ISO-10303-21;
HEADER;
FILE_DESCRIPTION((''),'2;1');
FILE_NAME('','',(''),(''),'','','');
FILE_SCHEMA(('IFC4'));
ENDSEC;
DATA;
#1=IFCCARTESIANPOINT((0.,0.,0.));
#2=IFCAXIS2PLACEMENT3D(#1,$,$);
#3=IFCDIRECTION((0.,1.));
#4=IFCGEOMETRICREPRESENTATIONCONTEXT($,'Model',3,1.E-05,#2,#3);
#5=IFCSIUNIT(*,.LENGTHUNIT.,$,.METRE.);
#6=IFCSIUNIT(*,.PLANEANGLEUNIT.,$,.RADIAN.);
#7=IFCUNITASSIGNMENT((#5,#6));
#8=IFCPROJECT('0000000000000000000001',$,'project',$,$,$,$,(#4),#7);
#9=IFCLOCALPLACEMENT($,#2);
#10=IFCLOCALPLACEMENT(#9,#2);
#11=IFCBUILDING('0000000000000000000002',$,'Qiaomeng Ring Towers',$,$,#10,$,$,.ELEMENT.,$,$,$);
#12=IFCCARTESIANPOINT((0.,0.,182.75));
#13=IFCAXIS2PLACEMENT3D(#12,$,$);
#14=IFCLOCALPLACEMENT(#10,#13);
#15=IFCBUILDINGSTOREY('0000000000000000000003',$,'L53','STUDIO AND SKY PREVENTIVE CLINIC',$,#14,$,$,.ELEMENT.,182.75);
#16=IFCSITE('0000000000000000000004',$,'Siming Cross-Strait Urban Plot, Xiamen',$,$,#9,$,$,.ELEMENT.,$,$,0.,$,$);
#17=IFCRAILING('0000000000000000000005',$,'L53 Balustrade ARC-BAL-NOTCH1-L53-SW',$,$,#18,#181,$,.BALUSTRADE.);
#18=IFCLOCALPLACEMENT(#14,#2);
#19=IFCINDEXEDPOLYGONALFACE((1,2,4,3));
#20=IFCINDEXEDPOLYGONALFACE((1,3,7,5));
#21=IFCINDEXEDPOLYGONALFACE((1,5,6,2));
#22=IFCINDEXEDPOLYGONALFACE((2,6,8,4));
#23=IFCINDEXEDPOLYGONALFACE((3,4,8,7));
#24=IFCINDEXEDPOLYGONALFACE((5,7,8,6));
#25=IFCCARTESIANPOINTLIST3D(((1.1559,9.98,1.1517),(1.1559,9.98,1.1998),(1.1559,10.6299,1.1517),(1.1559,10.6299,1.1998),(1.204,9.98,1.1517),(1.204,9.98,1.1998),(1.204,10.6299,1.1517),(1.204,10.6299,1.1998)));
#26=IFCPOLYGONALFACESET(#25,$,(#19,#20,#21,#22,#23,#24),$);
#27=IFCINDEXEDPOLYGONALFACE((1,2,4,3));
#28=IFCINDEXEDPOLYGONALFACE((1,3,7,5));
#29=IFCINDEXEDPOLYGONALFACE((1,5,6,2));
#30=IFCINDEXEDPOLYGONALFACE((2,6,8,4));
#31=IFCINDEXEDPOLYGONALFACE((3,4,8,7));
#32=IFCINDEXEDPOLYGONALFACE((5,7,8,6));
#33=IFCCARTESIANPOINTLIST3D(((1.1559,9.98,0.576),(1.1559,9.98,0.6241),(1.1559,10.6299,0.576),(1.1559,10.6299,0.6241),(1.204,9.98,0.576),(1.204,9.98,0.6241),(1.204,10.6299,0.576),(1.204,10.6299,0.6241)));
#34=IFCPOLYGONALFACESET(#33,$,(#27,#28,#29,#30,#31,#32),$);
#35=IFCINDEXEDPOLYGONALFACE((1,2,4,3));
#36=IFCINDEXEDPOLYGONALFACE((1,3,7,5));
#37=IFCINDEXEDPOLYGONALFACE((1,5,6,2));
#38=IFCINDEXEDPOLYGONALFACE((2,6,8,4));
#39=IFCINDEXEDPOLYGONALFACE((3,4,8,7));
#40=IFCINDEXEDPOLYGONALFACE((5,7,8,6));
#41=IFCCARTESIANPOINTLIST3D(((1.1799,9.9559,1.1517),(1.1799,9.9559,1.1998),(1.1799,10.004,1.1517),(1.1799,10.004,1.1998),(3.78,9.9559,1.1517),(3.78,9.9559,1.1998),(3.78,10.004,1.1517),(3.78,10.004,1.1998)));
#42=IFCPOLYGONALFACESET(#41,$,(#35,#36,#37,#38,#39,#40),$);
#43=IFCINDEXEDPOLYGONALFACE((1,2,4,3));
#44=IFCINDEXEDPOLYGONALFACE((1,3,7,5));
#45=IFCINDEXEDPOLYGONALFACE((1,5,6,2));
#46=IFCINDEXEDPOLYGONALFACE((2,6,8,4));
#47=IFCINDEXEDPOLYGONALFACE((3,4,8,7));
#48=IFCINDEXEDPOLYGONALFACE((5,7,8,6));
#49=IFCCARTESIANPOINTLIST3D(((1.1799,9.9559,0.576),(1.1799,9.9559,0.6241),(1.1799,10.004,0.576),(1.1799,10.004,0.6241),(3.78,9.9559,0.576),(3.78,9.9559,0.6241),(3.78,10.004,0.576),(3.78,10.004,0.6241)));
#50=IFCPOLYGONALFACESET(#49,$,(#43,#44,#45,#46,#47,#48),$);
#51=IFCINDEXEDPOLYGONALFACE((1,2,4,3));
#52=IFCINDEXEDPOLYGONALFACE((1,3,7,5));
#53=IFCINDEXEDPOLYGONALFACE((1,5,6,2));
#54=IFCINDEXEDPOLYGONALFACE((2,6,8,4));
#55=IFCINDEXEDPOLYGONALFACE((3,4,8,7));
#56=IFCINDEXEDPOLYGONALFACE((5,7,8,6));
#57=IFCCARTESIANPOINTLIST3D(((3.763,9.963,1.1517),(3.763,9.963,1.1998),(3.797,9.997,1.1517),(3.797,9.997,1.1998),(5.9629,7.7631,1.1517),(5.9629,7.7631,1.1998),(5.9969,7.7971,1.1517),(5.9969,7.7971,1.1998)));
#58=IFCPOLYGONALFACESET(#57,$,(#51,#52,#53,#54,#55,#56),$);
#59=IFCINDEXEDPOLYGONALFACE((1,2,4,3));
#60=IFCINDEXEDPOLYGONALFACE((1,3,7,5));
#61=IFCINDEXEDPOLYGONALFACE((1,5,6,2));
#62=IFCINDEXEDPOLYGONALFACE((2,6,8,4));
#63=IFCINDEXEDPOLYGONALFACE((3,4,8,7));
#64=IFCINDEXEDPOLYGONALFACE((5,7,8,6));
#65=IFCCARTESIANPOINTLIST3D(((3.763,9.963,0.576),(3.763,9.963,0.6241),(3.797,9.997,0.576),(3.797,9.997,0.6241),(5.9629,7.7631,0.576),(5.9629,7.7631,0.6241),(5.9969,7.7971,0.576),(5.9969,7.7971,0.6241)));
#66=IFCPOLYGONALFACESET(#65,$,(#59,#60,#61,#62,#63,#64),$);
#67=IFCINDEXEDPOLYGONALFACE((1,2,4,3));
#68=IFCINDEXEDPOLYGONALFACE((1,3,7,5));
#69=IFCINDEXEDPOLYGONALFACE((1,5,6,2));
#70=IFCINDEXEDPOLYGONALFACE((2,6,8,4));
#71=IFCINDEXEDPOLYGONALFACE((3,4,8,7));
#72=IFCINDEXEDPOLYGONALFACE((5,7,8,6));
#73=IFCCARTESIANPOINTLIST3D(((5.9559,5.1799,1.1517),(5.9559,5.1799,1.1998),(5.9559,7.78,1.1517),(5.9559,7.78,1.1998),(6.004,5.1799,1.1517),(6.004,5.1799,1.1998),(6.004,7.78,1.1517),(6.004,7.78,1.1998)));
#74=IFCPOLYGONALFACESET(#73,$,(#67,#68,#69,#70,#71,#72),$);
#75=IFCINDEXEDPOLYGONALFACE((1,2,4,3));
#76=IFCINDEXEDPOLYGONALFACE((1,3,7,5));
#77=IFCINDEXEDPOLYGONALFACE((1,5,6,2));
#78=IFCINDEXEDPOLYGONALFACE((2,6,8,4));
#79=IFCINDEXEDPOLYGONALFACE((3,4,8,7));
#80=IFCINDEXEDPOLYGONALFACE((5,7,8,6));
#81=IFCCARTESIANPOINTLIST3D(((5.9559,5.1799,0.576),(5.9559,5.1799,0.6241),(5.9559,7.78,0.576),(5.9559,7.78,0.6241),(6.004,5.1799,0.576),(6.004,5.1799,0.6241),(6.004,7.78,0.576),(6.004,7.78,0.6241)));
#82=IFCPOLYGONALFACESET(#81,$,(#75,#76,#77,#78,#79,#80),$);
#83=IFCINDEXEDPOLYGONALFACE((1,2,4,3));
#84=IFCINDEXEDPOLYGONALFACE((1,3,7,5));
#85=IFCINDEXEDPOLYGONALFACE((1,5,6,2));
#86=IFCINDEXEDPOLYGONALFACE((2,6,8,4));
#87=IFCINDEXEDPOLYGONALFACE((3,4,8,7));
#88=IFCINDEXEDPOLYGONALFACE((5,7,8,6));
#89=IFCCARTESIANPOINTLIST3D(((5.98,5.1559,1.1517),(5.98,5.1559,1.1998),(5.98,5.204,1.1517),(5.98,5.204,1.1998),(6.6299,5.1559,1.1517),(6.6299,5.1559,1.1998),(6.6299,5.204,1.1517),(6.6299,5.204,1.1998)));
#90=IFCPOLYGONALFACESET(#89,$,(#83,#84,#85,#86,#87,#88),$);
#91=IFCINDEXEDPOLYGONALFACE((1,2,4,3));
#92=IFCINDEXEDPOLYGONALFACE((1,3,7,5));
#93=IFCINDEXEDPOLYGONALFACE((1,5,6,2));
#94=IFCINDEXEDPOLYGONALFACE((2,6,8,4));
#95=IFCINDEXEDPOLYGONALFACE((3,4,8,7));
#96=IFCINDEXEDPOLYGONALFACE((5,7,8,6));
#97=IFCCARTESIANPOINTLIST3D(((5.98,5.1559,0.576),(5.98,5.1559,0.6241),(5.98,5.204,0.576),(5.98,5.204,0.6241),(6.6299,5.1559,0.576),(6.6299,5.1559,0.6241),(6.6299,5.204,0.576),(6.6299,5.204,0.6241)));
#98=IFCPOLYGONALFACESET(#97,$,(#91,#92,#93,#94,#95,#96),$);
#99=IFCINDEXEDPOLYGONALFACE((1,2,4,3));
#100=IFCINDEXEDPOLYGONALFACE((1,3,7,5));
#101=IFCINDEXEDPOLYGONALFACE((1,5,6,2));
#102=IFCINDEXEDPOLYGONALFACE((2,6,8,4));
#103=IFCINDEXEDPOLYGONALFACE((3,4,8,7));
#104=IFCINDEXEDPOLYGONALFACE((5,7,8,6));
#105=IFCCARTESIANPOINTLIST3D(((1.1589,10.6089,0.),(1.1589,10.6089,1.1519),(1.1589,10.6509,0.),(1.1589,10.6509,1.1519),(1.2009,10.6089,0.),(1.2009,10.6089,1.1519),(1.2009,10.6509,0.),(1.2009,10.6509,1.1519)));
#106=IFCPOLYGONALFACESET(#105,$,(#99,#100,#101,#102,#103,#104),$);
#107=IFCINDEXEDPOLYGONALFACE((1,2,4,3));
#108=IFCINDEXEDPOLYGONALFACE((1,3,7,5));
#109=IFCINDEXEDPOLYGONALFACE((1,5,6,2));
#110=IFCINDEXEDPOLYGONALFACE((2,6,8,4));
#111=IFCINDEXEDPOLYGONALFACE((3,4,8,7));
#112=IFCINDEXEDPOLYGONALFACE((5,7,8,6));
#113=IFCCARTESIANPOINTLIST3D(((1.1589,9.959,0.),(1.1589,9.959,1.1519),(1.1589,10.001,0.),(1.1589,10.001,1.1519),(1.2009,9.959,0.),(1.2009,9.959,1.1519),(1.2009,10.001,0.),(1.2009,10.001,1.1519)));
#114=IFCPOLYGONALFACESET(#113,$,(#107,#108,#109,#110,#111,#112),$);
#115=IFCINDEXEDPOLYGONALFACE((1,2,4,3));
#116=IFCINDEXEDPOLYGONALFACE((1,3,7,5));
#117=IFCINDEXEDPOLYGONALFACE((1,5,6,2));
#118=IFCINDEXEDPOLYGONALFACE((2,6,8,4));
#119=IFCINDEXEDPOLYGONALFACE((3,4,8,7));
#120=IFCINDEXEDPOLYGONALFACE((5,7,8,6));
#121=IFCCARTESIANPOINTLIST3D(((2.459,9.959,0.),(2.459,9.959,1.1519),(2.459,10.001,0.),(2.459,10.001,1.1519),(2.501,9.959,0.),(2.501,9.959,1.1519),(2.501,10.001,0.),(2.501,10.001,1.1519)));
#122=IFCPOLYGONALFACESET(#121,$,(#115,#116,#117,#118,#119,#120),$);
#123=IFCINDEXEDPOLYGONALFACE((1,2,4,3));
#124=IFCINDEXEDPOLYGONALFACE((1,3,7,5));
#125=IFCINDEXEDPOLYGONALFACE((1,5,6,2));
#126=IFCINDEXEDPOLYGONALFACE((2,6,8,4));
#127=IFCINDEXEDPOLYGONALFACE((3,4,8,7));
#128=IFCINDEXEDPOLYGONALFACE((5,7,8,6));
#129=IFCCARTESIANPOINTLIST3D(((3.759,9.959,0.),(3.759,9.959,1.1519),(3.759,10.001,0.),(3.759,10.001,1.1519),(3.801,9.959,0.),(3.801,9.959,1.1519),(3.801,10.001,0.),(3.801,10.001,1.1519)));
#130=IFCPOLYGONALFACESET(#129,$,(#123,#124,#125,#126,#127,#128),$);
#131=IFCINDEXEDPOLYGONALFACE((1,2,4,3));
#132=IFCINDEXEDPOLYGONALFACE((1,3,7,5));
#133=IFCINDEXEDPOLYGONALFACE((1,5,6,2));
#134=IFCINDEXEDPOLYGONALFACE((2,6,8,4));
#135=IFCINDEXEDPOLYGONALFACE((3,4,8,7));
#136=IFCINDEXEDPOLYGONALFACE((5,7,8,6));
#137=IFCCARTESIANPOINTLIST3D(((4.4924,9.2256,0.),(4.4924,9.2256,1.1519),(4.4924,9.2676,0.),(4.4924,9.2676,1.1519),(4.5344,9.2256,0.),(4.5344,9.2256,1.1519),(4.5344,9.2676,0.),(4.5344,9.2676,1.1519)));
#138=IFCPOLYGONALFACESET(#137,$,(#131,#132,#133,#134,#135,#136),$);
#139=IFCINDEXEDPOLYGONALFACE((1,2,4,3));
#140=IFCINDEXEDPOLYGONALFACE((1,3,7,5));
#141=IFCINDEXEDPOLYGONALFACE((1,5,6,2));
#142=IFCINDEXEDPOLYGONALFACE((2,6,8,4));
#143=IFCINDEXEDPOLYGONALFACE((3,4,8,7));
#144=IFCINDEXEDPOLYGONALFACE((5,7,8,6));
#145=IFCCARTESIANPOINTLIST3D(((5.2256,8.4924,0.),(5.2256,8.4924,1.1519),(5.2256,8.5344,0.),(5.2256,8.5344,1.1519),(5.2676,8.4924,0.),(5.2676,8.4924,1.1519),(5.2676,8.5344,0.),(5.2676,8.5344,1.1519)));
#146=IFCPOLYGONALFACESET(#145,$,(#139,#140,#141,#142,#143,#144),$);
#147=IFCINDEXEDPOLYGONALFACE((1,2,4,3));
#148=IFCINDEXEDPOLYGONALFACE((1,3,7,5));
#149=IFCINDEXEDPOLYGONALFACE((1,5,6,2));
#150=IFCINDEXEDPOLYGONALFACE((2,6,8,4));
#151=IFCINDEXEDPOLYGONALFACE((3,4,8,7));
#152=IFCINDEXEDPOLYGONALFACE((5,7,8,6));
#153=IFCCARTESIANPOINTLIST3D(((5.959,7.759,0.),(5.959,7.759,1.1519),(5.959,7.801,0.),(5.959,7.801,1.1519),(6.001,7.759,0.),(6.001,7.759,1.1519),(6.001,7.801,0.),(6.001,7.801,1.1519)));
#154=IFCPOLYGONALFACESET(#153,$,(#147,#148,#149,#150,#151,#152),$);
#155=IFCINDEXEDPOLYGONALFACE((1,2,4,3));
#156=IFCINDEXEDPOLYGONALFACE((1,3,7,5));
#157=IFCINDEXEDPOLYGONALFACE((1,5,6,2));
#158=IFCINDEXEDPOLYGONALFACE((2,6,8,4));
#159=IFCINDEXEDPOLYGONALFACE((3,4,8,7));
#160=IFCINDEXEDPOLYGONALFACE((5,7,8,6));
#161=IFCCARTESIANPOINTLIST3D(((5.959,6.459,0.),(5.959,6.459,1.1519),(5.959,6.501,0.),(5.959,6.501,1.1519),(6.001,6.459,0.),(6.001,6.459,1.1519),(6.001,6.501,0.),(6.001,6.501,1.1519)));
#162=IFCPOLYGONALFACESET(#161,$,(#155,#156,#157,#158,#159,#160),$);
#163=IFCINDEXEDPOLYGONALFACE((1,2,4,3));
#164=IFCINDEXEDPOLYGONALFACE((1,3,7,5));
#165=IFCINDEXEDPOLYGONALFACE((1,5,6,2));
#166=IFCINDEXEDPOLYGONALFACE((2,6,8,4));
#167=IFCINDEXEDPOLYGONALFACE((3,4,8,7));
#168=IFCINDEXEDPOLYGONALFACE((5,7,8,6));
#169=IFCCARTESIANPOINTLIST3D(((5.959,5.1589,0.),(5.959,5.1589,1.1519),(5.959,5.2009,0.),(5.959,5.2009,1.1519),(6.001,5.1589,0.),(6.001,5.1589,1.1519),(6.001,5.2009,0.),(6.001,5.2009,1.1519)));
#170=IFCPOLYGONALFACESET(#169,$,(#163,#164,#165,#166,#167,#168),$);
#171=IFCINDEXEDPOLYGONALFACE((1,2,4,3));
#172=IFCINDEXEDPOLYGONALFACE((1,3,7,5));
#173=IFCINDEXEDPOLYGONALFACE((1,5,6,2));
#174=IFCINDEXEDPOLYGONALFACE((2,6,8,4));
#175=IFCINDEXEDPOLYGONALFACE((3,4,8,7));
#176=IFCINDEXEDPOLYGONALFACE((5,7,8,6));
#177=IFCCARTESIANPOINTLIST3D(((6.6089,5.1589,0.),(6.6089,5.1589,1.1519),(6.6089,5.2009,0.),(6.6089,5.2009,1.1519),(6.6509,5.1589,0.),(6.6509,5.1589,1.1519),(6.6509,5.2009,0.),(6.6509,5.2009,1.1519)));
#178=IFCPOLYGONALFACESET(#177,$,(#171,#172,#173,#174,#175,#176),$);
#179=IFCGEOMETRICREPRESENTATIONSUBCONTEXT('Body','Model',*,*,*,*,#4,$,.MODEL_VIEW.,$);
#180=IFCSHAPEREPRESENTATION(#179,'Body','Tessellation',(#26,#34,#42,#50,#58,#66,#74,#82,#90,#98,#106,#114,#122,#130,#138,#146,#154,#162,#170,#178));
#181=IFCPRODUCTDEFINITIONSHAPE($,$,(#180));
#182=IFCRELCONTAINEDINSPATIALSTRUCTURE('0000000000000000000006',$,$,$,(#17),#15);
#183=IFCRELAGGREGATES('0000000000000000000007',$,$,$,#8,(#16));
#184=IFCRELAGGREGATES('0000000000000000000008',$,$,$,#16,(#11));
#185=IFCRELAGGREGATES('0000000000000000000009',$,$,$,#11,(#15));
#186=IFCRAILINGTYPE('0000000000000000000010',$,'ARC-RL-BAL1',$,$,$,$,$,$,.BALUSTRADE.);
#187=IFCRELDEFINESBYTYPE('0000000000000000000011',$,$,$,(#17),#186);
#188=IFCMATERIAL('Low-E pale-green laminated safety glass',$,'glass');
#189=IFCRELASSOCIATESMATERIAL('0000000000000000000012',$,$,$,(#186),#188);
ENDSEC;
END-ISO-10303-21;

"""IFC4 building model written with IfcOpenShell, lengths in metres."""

from ifc_helpers import new_model, si_unit, direction, frame, origin, origin_2d, place, context, subcontext, project, spatial, rectangle, extrude, material, type_object, element, save


model = new_model("IFC4")

# Units and contexts
model_context = context("Model", 3, precision=1e-05, world=origin(), true_north=direction((0.0, 1.0)))
body_context = subcontext(model_context, "Body", "Model", "MODEL_VIEW")
ifc_project = project(units=[si_unit("LENGTHUNIT", "METRE"), si_unit("PLANEANGLEUNIT", "RADIAN")], contexts=[model_context])

# Site, building, storey
site_placement = place(None, origin())
site = spatial("IfcSite", under=ifc_project, at=site_placement, Name="Siming Cross-Strait Urban Plot, Xiamen", CompositionType="ELEMENT", RefElevation=0.0)
building_placement = place(site_placement, origin())
building = spatial("IfcBuilding", under=site, at=building_placement, Name="Qiaomeng Ring Towers", CompositionType="ELEMENT")
storey_placement = place(building_placement, frame((0.0, 0.0, 182.75)))
storey = spatial("IfcBuildingStorey", under=building, at=storey_placement, Name="L53", Description="STUDIO AND SKY PREVENTIVE CLINIC", CompositionType="ELEMENT", Elevation=182.75)

# Railing
ifc_material_1 = material(Name="Low-E pale-green laminated safety glass", Category="glass")
railing_type = type_object("IfcRailingType", Name="ARC-RL-BAL1", PredefinedType="BALUSTRADE", material=ifc_material_1)
railing_1_placement = place(storey_placement, frame((1.1799, 10.6299, 0.0)))
element("IfcRailing", 1, at=railing_1_placement, inside=storey, type_object=railing_type, Name="L53 Balustrade ARC-BAL-NOTCH1-L53-SW", PredefinedType="BALUSTRADE", context=body_context, shape_type="SweptSolid", body=[
    extrude(rectangle(XDim=0.0481, YDim=0.0481, at=origin_2d()), frame((0.0, 0.0, 1.1758), z_axis=(0.0, -1.0, 0.0), x_axis=(1.0, 0.0, 0.0)), (0.0, 0.0, 1.0), 0.6499),
    extrude(rectangle(XDim=0.0481, YDim=0.0481, at=origin_2d()), frame((0.0, 0.0, 0.6001), z_axis=(0.0, -1.0, 0.0), x_axis=(1.0, 0.0, 0.0)), (0.0, 0.0, 1.0), 0.6499),
    extrude(rectangle(XDim=0.0481, YDim=0.0481, at=origin_2d()), frame((0.0, -0.6499, 1.1758), z_axis=(1.0, 0.0, 0.0), x_axis=(0.0, 1.0, 0.0)), (0.0, 0.0, 1.0), 2.6001),
    extrude(rectangle(XDim=0.0481, YDim=0.0481, at=origin_2d()), frame((0.0, -0.6499, 0.6001), z_axis=(1.0, 0.0, 0.0), x_axis=(0.0, 1.0, 0.0)), (0.0, 0.0, 1.0), 2.6001),
    extrude(rectangle(XDim=0.0481, YDim=0.0481, at=origin_2d()), frame((2.6001, -0.6499, 1.1758), z_axis=(0.707107, -0.707107, 0.0), x_axis=(0.707107, 0.707107, 0.0)), (0.0, 0.0, 1.0), 3.1111),
    extrude(rectangle(XDim=0.0481, YDim=0.0481, at=origin_2d()), frame((2.6001, -0.6499, 0.6001), z_axis=(0.707107, -0.707107, 0.0), x_axis=(0.707107, 0.707107, 0.0)), (0.0, 0.0, 1.0), 3.1111),
    extrude(rectangle(XDim=0.0481, YDim=0.0481, at=origin_2d()), frame((4.8, -2.8499, 1.1758), z_axis=(0.0, -1.0, 0.0), x_axis=(1.0, 0.0, 0.0)), (0.0, 0.0, 1.0), 2.6001),
    extrude(rectangle(XDim=0.0481, YDim=0.0481, at=origin_2d()), frame((4.8, -2.8499, 0.6001), z_axis=(0.0, -1.0, 0.0), x_axis=(1.0, 0.0, 0.0)), (0.0, 0.0, 1.0), 2.6001),
    extrude(rectangle(XDim=0.0481, YDim=0.0481, at=origin_2d()), frame((4.8, -5.45, 1.1758), z_axis=(1.0, 0.0, 0.0), x_axis=(0.0, 1.0, 0.0)), (0.0, 0.0, 1.0), 0.6499),
    extrude(rectangle(XDim=0.0481, YDim=0.0481, at=origin_2d()), frame((4.8, -5.45, 0.6001), z_axis=(1.0, 0.0, 0.0), x_axis=(0.0, 1.0, 0.0)), (0.0, 0.0, 1.0), 0.6499),
    extrude(rectangle(XDim=0.042, YDim=0.042, at=origin_2d()), origin(), (0.0, 0.0, 1.0), 1.1519),
    extrude(rectangle(XDim=0.042, YDim=0.042, at=origin_2d()), frame((0.0, -0.6499, 0.0)), (0.0, 0.0, 1.0), 1.1519),
    extrude(rectangle(XDim=0.042, YDim=0.042, at=origin_2d()), frame((1.3, -0.6499, 0.0)), (0.0, 0.0, 1.0), 1.1519),
    extrude(rectangle(XDim=0.042, YDim=0.042, at=origin_2d()), frame((2.6001, -0.6499, 0.0)), (0.0, 0.0, 1.0), 1.1519),
    extrude(rectangle(XDim=0.042, YDim=0.042, at=origin_2d()), frame((3.3335, -1.3833, 0.0)), (0.0, 0.0, 1.0), 1.1519),
    extrude(rectangle(XDim=0.042, YDim=0.042, at=origin_2d()), frame((4.0667, -2.1165, 0.0)), (0.0, 0.0, 1.0), 1.1519),
    extrude(rectangle(XDim=0.042, YDim=0.042, at=origin_2d()), frame((4.8, -2.8499, 0.0)), (0.0, 0.0, 1.0), 1.1519),
    extrude(rectangle(XDim=0.042, YDim=0.042, at=origin_2d()), frame((4.8, -4.1499, 0.0)), (0.0, 0.0, 1.0), 1.1519),
    extrude(rectangle(XDim=0.042, YDim=0.042, at=origin_2d()), frame((4.8, -5.45, 0.0)), (0.0, 0.0, 1.0), 1.1519),
    extrude(rectangle(XDim=0.042, YDim=0.042, at=origin_2d()), frame((5.45, -5.45, 0.0)), (0.0, 0.0, 1.0), 1.1519),
])

save(model, "model.ifc")
